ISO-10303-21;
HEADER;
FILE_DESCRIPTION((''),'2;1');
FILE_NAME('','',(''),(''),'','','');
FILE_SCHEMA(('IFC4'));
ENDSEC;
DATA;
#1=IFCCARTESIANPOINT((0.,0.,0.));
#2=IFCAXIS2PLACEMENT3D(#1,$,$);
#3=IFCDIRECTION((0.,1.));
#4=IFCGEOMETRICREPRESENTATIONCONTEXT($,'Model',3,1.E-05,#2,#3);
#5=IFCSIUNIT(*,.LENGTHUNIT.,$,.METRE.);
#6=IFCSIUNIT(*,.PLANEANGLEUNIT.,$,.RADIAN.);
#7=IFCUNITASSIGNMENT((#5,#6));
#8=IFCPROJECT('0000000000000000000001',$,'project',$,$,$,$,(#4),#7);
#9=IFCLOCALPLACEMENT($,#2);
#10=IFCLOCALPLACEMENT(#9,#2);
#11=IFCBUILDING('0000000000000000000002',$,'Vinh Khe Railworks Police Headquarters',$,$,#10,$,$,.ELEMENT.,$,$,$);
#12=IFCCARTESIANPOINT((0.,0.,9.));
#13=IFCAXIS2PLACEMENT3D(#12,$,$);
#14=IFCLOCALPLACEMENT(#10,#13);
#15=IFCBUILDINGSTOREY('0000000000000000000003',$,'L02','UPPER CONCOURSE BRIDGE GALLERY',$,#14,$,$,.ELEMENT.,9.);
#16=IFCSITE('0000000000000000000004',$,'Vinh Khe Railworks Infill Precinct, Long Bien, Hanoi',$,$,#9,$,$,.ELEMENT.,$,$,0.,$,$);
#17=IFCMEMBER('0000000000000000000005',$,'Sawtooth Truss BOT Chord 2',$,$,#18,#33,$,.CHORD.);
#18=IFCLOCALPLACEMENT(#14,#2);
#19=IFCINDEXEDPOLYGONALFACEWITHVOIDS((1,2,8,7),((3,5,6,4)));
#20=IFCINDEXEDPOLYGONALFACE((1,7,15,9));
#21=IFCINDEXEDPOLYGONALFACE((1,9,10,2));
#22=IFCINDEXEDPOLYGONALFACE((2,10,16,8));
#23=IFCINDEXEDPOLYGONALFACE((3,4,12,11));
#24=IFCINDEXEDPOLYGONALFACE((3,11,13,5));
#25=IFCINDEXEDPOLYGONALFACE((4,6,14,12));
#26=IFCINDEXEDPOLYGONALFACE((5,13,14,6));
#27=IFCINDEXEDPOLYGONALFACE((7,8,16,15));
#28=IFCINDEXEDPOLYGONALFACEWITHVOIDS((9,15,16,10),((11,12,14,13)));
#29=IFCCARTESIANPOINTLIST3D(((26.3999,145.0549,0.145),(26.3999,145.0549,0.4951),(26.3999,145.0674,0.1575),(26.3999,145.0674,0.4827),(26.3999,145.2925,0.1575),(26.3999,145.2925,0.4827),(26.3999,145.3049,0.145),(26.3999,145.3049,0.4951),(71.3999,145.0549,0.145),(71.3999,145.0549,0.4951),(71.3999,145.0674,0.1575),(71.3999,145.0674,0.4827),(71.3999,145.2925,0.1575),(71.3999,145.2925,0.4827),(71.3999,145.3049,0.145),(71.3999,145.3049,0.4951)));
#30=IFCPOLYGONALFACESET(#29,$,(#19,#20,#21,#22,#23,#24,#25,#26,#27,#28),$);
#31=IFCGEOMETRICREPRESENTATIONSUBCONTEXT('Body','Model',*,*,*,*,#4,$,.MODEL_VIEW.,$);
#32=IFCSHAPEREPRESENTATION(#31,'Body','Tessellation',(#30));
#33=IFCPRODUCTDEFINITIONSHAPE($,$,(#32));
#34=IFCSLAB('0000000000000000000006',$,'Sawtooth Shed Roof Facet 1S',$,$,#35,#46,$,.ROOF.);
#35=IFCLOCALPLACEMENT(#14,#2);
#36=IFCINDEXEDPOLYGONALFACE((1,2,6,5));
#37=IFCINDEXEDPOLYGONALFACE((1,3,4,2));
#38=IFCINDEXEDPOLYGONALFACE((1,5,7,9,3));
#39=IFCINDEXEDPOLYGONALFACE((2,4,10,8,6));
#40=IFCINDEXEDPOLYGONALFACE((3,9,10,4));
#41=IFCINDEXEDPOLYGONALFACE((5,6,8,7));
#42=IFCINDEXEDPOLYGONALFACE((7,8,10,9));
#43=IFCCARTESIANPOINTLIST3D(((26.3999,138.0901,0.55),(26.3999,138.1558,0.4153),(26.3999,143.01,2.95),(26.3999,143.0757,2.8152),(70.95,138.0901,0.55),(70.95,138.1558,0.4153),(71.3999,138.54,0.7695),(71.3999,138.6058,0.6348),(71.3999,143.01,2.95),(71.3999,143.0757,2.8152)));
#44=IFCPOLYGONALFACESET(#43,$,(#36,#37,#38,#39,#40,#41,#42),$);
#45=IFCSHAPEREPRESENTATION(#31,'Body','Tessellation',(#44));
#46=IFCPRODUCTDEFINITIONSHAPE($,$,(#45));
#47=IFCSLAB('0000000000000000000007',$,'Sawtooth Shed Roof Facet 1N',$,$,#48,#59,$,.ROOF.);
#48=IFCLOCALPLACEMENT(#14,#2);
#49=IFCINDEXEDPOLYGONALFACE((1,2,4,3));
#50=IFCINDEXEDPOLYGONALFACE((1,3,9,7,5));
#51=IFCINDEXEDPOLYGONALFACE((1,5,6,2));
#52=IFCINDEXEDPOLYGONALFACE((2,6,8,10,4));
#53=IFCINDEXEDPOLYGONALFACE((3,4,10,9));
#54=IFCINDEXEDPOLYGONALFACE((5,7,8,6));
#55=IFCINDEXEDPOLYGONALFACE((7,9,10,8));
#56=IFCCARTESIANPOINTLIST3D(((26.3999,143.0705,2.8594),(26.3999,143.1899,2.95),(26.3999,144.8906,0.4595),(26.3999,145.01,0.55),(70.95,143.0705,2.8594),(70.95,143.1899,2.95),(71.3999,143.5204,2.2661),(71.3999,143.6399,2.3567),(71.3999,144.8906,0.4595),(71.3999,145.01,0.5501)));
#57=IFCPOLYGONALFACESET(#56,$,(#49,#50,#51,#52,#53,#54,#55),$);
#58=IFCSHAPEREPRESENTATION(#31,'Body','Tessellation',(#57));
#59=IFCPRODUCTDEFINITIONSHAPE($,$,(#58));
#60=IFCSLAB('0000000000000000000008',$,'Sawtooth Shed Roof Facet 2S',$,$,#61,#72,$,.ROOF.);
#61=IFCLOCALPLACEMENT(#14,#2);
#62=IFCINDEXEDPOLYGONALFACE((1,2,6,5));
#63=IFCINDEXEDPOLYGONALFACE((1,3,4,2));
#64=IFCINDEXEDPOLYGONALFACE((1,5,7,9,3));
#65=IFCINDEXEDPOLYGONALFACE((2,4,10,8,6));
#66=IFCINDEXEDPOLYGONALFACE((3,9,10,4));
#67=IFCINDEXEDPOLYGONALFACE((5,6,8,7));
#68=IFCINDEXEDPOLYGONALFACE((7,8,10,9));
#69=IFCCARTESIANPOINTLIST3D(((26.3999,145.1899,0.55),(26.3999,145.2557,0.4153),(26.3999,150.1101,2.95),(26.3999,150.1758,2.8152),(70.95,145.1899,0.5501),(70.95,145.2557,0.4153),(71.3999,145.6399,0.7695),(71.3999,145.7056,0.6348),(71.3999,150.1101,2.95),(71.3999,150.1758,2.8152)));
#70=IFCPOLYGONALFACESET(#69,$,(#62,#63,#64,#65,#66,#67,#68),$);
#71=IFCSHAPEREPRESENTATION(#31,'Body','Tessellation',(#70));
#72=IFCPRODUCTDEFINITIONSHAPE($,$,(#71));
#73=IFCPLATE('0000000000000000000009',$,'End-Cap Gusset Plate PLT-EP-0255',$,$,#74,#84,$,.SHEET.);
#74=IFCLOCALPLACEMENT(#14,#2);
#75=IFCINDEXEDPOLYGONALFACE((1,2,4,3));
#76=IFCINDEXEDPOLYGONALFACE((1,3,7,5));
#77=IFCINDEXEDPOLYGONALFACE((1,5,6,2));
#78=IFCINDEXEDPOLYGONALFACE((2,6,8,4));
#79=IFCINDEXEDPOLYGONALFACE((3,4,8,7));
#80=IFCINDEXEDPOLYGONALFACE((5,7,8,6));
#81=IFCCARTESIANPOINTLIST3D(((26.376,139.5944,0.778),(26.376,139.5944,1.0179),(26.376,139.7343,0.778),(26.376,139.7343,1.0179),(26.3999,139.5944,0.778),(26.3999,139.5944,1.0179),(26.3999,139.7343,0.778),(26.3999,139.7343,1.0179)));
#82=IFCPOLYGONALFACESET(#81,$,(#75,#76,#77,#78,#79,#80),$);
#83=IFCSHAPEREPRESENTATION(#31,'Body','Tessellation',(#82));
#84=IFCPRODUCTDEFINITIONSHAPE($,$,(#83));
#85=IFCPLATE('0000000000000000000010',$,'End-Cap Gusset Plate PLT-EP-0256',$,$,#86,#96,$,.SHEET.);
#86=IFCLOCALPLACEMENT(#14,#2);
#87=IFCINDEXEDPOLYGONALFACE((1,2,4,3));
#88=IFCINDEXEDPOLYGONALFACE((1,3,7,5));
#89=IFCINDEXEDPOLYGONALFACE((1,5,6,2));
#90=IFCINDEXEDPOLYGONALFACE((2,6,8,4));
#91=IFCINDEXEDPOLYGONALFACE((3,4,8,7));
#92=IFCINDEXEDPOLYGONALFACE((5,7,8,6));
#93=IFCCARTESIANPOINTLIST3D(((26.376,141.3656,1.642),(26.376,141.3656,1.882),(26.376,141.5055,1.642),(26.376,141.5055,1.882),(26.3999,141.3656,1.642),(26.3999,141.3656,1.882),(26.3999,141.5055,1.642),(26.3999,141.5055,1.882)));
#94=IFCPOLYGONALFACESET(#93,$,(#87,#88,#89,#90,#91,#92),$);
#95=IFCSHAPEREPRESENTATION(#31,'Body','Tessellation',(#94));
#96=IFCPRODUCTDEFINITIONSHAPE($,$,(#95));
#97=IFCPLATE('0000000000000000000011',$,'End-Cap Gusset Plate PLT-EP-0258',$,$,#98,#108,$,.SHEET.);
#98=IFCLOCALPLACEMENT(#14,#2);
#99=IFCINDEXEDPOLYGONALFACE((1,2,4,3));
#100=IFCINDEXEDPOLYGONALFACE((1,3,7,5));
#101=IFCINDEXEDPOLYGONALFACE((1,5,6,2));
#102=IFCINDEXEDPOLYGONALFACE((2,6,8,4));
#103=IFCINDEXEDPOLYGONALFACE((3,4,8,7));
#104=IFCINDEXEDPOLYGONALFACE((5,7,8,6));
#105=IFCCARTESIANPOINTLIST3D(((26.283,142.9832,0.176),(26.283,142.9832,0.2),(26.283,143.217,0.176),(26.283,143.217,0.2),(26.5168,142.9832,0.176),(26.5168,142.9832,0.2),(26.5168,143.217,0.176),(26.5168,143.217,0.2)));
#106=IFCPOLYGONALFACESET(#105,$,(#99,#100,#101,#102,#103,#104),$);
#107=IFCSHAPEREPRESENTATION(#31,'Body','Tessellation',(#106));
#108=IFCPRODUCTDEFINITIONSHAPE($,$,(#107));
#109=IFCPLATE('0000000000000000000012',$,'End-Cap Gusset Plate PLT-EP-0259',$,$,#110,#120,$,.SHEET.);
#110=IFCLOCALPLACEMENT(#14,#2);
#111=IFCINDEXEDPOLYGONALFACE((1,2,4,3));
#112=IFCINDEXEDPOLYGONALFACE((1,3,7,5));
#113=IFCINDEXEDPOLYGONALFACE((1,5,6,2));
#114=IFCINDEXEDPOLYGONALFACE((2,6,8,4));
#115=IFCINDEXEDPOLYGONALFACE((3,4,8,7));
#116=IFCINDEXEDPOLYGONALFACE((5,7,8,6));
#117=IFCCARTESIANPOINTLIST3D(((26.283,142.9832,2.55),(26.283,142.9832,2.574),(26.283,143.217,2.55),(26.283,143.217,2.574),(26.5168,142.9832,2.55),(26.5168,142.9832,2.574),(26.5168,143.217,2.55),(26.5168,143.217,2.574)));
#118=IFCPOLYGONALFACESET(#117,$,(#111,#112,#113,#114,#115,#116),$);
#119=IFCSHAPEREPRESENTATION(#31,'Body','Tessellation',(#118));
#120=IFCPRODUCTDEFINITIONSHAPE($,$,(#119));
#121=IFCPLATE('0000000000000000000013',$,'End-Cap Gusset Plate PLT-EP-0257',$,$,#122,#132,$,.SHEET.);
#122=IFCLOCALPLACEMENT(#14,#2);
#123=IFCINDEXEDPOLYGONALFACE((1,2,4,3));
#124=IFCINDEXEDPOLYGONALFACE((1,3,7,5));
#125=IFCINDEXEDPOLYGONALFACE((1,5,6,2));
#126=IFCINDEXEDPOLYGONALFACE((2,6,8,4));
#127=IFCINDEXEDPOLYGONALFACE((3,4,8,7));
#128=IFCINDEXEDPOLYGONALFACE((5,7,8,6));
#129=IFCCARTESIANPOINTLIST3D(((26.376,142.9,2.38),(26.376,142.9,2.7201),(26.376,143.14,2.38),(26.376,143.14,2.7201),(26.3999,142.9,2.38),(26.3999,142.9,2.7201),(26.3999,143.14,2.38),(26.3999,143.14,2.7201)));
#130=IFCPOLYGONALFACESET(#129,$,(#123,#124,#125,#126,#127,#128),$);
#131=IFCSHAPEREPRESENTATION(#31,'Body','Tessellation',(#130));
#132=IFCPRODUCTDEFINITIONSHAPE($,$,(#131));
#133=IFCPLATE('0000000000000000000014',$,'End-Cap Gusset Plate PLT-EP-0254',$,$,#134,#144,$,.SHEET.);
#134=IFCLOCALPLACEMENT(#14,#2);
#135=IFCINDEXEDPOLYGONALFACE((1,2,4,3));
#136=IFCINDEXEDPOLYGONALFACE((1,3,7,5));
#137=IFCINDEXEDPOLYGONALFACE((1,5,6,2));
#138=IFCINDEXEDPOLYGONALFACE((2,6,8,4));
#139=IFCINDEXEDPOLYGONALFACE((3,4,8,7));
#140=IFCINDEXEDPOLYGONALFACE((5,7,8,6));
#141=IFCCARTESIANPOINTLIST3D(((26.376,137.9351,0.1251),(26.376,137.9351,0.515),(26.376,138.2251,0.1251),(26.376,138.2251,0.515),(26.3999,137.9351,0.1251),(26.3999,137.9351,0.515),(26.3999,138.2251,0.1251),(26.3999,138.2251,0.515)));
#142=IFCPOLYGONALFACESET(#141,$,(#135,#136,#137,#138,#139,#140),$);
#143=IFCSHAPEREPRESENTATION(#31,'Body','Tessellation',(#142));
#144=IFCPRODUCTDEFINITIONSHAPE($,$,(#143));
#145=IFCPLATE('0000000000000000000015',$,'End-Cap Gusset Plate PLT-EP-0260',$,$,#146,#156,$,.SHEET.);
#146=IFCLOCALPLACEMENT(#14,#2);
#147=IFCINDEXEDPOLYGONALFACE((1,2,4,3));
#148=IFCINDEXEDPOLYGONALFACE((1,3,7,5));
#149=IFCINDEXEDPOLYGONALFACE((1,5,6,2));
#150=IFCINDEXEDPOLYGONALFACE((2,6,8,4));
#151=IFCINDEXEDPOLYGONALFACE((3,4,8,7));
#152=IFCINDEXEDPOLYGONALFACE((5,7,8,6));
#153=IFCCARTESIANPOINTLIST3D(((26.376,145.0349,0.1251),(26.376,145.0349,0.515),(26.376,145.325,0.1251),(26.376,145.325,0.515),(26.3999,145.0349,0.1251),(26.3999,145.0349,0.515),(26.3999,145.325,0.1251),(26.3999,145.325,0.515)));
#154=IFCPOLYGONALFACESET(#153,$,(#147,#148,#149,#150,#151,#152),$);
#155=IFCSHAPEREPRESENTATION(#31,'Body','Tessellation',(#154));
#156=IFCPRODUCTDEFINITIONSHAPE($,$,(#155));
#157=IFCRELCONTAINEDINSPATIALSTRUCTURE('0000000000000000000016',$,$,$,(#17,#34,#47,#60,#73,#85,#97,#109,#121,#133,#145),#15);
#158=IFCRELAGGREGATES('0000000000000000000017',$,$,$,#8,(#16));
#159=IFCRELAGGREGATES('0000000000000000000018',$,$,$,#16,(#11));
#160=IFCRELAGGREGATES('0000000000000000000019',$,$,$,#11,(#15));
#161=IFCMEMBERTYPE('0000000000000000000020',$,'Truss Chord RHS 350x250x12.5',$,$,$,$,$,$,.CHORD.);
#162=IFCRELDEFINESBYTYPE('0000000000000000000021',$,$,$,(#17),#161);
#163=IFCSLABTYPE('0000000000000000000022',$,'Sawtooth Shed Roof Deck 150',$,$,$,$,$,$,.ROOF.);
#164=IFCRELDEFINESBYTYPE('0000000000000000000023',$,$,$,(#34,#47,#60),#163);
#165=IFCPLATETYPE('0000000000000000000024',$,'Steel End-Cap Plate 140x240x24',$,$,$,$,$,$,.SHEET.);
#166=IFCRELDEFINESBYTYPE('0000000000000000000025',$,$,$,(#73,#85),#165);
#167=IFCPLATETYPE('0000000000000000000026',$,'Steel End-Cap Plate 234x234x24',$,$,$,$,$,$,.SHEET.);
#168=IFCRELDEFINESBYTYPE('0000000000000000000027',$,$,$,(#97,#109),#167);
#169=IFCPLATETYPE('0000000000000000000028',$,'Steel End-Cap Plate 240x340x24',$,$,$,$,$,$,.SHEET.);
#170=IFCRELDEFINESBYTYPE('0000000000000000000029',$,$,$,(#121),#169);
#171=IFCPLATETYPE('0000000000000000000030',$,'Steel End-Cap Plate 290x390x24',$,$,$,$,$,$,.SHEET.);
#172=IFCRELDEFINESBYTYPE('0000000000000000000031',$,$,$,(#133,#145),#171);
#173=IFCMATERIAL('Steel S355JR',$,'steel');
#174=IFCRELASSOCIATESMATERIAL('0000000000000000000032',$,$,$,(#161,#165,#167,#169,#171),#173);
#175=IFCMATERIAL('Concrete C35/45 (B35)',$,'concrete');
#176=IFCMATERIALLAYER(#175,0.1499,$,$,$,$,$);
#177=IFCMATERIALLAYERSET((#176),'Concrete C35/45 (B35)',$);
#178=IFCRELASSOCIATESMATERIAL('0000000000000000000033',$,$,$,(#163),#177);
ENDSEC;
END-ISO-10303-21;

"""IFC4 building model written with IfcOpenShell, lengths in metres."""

from ifc_helpers import new_model, si_unit, direction, frame, origin, origin_2d, place, context, subcontext, project, spatial, polyline, rectangle, hollow_rectangle, outline, extrude, material, layer, layer_set, material_profile, profile_set, type_object, element, save


model = new_model("IFC4")

# Units and contexts
model_context = context("Model", 3, precision=1e-05, world=origin(), true_north=direction((0.0, 1.0)))
body_context = subcontext(model_context, "Body", "Model", "MODEL_VIEW")
ifc_project = project(units=[si_unit("LENGTHUNIT", "METRE"), si_unit("PLANEANGLEUNIT", "RADIAN")], contexts=[model_context])

# Site, building, storey
site_placement = place(None, origin())
site = spatial("IfcSite", under=ifc_project, at=site_placement, Name="Vinh Khe Railworks Infill Precinct, Long Bien, Hanoi", CompositionType="ELEMENT", RefElevation=0.0)
building_placement = place(site_placement, origin())
building = spatial("IfcBuilding", under=site, at=building_placement, Name="Vinh Khe Railworks Police Headquarters", CompositionType="ELEMENT")
storey_placement = place(building_placement, frame((0.0, 0.0, 9.0)))
storey = spatial("IfcBuildingStorey", under=building, at=storey_placement, Name="L02", Description="UPPER CONCOURSE BRIDGE GALLERY", CompositionType="ELEMENT", Elevation=9.0)

# Shared definitions
ifc_material_1 = material(Name="Steel S355JR", Category="steel")

# Member
ifc_material_profile_1 = material_profile(ifc_material_1, hollow_rectangle(XDim=0.25, YDim=0.3501, WallThickness=0.0125, at=origin_2d()), Name="RHS 350x250x12.5")
ifc_profile_set_1 = profile_set([ifc_material_profile_1], Name="Steel S355JR")
member_type_1 = type_object("IfcMemberType", Name="Truss Chord RHS 350x250x12.5", PredefinedType="CHORD", material=ifc_profile_set_1)
for number, where, z_axis, x_axis, name in (
    (1, (26.3999, 145.1799, 0.3201), (1.0, 0.0, 0.0), (0.0, 1.0, 0.0), "Sawtooth Truss BOT Chord 2"),
):
    element("IfcMember", number, at=place(storey_placement, frame(where, z_axis=z_axis, x_axis=x_axis)), inside=storey, type_object=member_type_1, Name=name, PredefinedType="CHORD", context=body_context, shape_type="SweptSolid", body=[
        extrude(hollow_rectangle(XDim=0.25, YDim=0.3501, WallThickness=0.0125, at=origin_2d()), origin(), (0.0, 0.0, 1.0), 45.0),
    ])

# Slabs
ifc_material_2 = material(Name="Concrete C35/45 (B35)", Category="concrete")
ifc_layer = layer(ifc_material_2, 0.1499)
ifc_layer_set = layer_set([ifc_layer], Name="Concrete C35/45 (B35)")
slab_type = type_object("IfcSlabType", Name="Sawtooth Shed Roof Deck 150", PredefinedType="ROOF", material=ifc_layer_set)
slab_1_placement = place(storey_placement, frame((26.3999, 138.0901, 0.55), z_axis=(0.0, -0.438415, 0.898773), x_axis=(1.0, 0.0, 0.0)))
element("IfcSlab", 2, at=slab_1_placement, inside=storey, type_object=slab_type, Name="Sawtooth Shed Roof Facet 1S", PredefinedType="ROOF", context=body_context, shape_type="SweptSolid", body=[
    extrude(outline(polyline([(0.0, 0.0), (44.55, 0.0), (45.0, 0.5006), (45.0, 5.474), (0.0, 5.474), (0.0, 0.0)])), origin(), (0.0, 0.0, -1.0), 0.1499),
])
slab_2_placement = place(storey_placement, frame((26.3999, 143.1899, 2.95), z_axis=(0.0, 0.796779, 0.604271), x_axis=(1.0, 0.0, 0.0)))
element("IfcSlab", 3, at=slab_2_placement, inside=storey, type_object=slab_type, Name="Sawtooth Shed Roof Facet 1N", PredefinedType="ROOF", context=body_context, shape_type="SweptSolid", body=[
    extrude(outline(polyline([(0.0, 0.0), (44.55, 0.0), (45.0, 0.7446), (45.0, 3.012), (0.0, 3.012), (0.0, 0.0)])), origin(), (0.0, 0.0, -1.0), 0.1499),
])
slab_3_placement = place(storey_placement, frame((26.3999, 145.1899, 0.55), z_axis=(0.0, -0.438397, 0.898781), x_axis=(1.0, 0.0, 0.0)))
element("IfcSlab", 4, at=slab_3_placement, inside=storey, type_object=slab_type, Name="Sawtooth Shed Roof Facet 2S", PredefinedType="ROOF", context=body_context, shape_type="SweptSolid", body=[
    extrude(outline(polyline([(0.0, 0.0), (44.55, 0.0), (45.0, 0.5006), (45.0, 5.4743), (0.0, 5.4743), (0.0, 0.0)])), origin(), (0.0, 0.0, -1.0), 0.1499),
])

# Plates
ifc_material_profile_2 = material_profile(ifc_material_1, rectangle(XDim=0.1399, YDim=0.24, at=origin_2d()), Name="PL 140x240")
ifc_profile_set_2 = profile_set([ifc_material_profile_2], Name="Steel S355JR")
plate_type_1 = type_object("IfcPlateType", Name="Steel End-Cap Plate 140x240x24", PredefinedType="SHEET", material=ifc_profile_set_2)
for number, where, z_axis, x_axis, name in (
    (5, (26.3999, 139.6643, 0.8979), (-1.0, 0.0, 0.0), (0.0, -1.0, 0.0), "End-Cap Gusset Plate PLT-EP-0255"),
    (6, (26.3999, 141.4355, 1.762), (-1.0, 0.0, 0.0), (0.0, -1.0, 0.0), "End-Cap Gusset Plate PLT-EP-0256"),
):
    element("IfcPlate", number, at=place(storey_placement, frame(where, z_axis=z_axis, x_axis=x_axis)), inside=storey, type_object=plate_type_1, Name=name, PredefinedType="SHEET", context=body_context, shape_type="SweptSolid", body=[
        extrude(rectangle(XDim=0.1399, YDim=0.24, at=origin_2d()), origin(), (0.0, 0.0, 1.0), 0.0239),
    ])
ifc_material_profile_3 = material_profile(ifc_material_1, rectangle(XDim=0.2339, YDim=0.2339, at=origin_2d()), Name="PL 234x234")
ifc_profile_set_3 = profile_set([ifc_material_profile_3], Name="Steel S355JR")
plate_type_2 = type_object("IfcPlateType", Name="Steel End-Cap Plate 234x234x24", PredefinedType="SHEET", material=ifc_profile_set_3)
for number, where, z_axis, x_axis, name in (
    (7, (26.3999, 143.1001, 0.2), (0.0, 0.0, -1.0), (1.0, 0.0, 0.0), "End-Cap Gusset Plate PLT-EP-0258"),
    (8, (26.3999, 143.1001, 2.55), (0.0, 0.0, 1.0), (1.0, 0.0, 0.0), "End-Cap Gusset Plate PLT-EP-0259"),
):
    element("IfcPlate", number, at=place(storey_placement, frame(where, z_axis=z_axis, x_axis=x_axis)), inside=storey, type_object=plate_type_2, Name=name, PredefinedType="SHEET", context=body_context, shape_type="SweptSolid", body=[
        extrude(rectangle(XDim=0.2339, YDim=0.2339, at=origin_2d()), origin(), (0.0, 0.0, 1.0), 0.0239),
    ])
ifc_material_profile_4 = material_profile(ifc_material_1, rectangle(XDim=0.24, YDim=0.3401, at=origin_2d()), Name="PL 240x340")
ifc_profile_set_4 = profile_set([ifc_material_profile_4], Name="Steel S355JR")
plate_type_3 = type_object("IfcPlateType", Name="Steel End-Cap Plate 240x340x24", PredefinedType="SHEET", material=ifc_profile_set_4)
plate_placement = place(storey_placement, frame((26.3999, 143.02, 2.55), z_axis=(-1.0, 0.0, 0.0), x_axis=(0.0, -1.0, 0.0)))
element("IfcPlate", 9, at=plate_placement, inside=storey, type_object=plate_type_3, Name="End-Cap Gusset Plate PLT-EP-0257", PredefinedType="SHEET", context=body_context, shape_type="SweptSolid", body=[
    extrude(rectangle(XDim=0.24, YDim=0.3401, at=origin_2d()), origin(), (0.0, 0.0, 1.0), 0.0239),
])
ifc_material_profile_5 = material_profile(ifc_material_1, rectangle(XDim=0.29, YDim=0.3899, at=origin_2d()), Name="PL 290x390")
ifc_profile_set_5 = profile_set([ifc_material_profile_5], Name="Steel S355JR")
plate_type_4 = type_object("IfcPlateType", Name="Steel End-Cap Plate 290x390x24", PredefinedType="SHEET", material=ifc_profile_set_5)
for number, where, z_axis, x_axis, name in (
    (10, (26.3999, 138.0801, 0.3201), (-1.0, 0.0, 0.0), (0.0, -1.0, 0.0), "End-Cap Gusset Plate PLT-EP-0254"),
    (11, (26.3999, 145.1799, 0.3201), (-1.0, 0.0, 0.0), (0.0, -1.0, 0.0), "End-Cap Gusset Plate PLT-EP-0260"),
):
    element("IfcPlate", number, at=place(storey_placement, frame(where, z_axis=z_axis, x_axis=x_axis)), inside=storey, type_object=plate_type_4, Name=name, PredefinedType="SHEET", context=body_context, shape_type="SweptSolid", body=[
        extrude(rectangle(XDim=0.29, YDim=0.3899, at=origin_2d()), origin(), (0.0, 0.0, 1.0), 0.0239),
    ])

save(model, "model.ifc")
